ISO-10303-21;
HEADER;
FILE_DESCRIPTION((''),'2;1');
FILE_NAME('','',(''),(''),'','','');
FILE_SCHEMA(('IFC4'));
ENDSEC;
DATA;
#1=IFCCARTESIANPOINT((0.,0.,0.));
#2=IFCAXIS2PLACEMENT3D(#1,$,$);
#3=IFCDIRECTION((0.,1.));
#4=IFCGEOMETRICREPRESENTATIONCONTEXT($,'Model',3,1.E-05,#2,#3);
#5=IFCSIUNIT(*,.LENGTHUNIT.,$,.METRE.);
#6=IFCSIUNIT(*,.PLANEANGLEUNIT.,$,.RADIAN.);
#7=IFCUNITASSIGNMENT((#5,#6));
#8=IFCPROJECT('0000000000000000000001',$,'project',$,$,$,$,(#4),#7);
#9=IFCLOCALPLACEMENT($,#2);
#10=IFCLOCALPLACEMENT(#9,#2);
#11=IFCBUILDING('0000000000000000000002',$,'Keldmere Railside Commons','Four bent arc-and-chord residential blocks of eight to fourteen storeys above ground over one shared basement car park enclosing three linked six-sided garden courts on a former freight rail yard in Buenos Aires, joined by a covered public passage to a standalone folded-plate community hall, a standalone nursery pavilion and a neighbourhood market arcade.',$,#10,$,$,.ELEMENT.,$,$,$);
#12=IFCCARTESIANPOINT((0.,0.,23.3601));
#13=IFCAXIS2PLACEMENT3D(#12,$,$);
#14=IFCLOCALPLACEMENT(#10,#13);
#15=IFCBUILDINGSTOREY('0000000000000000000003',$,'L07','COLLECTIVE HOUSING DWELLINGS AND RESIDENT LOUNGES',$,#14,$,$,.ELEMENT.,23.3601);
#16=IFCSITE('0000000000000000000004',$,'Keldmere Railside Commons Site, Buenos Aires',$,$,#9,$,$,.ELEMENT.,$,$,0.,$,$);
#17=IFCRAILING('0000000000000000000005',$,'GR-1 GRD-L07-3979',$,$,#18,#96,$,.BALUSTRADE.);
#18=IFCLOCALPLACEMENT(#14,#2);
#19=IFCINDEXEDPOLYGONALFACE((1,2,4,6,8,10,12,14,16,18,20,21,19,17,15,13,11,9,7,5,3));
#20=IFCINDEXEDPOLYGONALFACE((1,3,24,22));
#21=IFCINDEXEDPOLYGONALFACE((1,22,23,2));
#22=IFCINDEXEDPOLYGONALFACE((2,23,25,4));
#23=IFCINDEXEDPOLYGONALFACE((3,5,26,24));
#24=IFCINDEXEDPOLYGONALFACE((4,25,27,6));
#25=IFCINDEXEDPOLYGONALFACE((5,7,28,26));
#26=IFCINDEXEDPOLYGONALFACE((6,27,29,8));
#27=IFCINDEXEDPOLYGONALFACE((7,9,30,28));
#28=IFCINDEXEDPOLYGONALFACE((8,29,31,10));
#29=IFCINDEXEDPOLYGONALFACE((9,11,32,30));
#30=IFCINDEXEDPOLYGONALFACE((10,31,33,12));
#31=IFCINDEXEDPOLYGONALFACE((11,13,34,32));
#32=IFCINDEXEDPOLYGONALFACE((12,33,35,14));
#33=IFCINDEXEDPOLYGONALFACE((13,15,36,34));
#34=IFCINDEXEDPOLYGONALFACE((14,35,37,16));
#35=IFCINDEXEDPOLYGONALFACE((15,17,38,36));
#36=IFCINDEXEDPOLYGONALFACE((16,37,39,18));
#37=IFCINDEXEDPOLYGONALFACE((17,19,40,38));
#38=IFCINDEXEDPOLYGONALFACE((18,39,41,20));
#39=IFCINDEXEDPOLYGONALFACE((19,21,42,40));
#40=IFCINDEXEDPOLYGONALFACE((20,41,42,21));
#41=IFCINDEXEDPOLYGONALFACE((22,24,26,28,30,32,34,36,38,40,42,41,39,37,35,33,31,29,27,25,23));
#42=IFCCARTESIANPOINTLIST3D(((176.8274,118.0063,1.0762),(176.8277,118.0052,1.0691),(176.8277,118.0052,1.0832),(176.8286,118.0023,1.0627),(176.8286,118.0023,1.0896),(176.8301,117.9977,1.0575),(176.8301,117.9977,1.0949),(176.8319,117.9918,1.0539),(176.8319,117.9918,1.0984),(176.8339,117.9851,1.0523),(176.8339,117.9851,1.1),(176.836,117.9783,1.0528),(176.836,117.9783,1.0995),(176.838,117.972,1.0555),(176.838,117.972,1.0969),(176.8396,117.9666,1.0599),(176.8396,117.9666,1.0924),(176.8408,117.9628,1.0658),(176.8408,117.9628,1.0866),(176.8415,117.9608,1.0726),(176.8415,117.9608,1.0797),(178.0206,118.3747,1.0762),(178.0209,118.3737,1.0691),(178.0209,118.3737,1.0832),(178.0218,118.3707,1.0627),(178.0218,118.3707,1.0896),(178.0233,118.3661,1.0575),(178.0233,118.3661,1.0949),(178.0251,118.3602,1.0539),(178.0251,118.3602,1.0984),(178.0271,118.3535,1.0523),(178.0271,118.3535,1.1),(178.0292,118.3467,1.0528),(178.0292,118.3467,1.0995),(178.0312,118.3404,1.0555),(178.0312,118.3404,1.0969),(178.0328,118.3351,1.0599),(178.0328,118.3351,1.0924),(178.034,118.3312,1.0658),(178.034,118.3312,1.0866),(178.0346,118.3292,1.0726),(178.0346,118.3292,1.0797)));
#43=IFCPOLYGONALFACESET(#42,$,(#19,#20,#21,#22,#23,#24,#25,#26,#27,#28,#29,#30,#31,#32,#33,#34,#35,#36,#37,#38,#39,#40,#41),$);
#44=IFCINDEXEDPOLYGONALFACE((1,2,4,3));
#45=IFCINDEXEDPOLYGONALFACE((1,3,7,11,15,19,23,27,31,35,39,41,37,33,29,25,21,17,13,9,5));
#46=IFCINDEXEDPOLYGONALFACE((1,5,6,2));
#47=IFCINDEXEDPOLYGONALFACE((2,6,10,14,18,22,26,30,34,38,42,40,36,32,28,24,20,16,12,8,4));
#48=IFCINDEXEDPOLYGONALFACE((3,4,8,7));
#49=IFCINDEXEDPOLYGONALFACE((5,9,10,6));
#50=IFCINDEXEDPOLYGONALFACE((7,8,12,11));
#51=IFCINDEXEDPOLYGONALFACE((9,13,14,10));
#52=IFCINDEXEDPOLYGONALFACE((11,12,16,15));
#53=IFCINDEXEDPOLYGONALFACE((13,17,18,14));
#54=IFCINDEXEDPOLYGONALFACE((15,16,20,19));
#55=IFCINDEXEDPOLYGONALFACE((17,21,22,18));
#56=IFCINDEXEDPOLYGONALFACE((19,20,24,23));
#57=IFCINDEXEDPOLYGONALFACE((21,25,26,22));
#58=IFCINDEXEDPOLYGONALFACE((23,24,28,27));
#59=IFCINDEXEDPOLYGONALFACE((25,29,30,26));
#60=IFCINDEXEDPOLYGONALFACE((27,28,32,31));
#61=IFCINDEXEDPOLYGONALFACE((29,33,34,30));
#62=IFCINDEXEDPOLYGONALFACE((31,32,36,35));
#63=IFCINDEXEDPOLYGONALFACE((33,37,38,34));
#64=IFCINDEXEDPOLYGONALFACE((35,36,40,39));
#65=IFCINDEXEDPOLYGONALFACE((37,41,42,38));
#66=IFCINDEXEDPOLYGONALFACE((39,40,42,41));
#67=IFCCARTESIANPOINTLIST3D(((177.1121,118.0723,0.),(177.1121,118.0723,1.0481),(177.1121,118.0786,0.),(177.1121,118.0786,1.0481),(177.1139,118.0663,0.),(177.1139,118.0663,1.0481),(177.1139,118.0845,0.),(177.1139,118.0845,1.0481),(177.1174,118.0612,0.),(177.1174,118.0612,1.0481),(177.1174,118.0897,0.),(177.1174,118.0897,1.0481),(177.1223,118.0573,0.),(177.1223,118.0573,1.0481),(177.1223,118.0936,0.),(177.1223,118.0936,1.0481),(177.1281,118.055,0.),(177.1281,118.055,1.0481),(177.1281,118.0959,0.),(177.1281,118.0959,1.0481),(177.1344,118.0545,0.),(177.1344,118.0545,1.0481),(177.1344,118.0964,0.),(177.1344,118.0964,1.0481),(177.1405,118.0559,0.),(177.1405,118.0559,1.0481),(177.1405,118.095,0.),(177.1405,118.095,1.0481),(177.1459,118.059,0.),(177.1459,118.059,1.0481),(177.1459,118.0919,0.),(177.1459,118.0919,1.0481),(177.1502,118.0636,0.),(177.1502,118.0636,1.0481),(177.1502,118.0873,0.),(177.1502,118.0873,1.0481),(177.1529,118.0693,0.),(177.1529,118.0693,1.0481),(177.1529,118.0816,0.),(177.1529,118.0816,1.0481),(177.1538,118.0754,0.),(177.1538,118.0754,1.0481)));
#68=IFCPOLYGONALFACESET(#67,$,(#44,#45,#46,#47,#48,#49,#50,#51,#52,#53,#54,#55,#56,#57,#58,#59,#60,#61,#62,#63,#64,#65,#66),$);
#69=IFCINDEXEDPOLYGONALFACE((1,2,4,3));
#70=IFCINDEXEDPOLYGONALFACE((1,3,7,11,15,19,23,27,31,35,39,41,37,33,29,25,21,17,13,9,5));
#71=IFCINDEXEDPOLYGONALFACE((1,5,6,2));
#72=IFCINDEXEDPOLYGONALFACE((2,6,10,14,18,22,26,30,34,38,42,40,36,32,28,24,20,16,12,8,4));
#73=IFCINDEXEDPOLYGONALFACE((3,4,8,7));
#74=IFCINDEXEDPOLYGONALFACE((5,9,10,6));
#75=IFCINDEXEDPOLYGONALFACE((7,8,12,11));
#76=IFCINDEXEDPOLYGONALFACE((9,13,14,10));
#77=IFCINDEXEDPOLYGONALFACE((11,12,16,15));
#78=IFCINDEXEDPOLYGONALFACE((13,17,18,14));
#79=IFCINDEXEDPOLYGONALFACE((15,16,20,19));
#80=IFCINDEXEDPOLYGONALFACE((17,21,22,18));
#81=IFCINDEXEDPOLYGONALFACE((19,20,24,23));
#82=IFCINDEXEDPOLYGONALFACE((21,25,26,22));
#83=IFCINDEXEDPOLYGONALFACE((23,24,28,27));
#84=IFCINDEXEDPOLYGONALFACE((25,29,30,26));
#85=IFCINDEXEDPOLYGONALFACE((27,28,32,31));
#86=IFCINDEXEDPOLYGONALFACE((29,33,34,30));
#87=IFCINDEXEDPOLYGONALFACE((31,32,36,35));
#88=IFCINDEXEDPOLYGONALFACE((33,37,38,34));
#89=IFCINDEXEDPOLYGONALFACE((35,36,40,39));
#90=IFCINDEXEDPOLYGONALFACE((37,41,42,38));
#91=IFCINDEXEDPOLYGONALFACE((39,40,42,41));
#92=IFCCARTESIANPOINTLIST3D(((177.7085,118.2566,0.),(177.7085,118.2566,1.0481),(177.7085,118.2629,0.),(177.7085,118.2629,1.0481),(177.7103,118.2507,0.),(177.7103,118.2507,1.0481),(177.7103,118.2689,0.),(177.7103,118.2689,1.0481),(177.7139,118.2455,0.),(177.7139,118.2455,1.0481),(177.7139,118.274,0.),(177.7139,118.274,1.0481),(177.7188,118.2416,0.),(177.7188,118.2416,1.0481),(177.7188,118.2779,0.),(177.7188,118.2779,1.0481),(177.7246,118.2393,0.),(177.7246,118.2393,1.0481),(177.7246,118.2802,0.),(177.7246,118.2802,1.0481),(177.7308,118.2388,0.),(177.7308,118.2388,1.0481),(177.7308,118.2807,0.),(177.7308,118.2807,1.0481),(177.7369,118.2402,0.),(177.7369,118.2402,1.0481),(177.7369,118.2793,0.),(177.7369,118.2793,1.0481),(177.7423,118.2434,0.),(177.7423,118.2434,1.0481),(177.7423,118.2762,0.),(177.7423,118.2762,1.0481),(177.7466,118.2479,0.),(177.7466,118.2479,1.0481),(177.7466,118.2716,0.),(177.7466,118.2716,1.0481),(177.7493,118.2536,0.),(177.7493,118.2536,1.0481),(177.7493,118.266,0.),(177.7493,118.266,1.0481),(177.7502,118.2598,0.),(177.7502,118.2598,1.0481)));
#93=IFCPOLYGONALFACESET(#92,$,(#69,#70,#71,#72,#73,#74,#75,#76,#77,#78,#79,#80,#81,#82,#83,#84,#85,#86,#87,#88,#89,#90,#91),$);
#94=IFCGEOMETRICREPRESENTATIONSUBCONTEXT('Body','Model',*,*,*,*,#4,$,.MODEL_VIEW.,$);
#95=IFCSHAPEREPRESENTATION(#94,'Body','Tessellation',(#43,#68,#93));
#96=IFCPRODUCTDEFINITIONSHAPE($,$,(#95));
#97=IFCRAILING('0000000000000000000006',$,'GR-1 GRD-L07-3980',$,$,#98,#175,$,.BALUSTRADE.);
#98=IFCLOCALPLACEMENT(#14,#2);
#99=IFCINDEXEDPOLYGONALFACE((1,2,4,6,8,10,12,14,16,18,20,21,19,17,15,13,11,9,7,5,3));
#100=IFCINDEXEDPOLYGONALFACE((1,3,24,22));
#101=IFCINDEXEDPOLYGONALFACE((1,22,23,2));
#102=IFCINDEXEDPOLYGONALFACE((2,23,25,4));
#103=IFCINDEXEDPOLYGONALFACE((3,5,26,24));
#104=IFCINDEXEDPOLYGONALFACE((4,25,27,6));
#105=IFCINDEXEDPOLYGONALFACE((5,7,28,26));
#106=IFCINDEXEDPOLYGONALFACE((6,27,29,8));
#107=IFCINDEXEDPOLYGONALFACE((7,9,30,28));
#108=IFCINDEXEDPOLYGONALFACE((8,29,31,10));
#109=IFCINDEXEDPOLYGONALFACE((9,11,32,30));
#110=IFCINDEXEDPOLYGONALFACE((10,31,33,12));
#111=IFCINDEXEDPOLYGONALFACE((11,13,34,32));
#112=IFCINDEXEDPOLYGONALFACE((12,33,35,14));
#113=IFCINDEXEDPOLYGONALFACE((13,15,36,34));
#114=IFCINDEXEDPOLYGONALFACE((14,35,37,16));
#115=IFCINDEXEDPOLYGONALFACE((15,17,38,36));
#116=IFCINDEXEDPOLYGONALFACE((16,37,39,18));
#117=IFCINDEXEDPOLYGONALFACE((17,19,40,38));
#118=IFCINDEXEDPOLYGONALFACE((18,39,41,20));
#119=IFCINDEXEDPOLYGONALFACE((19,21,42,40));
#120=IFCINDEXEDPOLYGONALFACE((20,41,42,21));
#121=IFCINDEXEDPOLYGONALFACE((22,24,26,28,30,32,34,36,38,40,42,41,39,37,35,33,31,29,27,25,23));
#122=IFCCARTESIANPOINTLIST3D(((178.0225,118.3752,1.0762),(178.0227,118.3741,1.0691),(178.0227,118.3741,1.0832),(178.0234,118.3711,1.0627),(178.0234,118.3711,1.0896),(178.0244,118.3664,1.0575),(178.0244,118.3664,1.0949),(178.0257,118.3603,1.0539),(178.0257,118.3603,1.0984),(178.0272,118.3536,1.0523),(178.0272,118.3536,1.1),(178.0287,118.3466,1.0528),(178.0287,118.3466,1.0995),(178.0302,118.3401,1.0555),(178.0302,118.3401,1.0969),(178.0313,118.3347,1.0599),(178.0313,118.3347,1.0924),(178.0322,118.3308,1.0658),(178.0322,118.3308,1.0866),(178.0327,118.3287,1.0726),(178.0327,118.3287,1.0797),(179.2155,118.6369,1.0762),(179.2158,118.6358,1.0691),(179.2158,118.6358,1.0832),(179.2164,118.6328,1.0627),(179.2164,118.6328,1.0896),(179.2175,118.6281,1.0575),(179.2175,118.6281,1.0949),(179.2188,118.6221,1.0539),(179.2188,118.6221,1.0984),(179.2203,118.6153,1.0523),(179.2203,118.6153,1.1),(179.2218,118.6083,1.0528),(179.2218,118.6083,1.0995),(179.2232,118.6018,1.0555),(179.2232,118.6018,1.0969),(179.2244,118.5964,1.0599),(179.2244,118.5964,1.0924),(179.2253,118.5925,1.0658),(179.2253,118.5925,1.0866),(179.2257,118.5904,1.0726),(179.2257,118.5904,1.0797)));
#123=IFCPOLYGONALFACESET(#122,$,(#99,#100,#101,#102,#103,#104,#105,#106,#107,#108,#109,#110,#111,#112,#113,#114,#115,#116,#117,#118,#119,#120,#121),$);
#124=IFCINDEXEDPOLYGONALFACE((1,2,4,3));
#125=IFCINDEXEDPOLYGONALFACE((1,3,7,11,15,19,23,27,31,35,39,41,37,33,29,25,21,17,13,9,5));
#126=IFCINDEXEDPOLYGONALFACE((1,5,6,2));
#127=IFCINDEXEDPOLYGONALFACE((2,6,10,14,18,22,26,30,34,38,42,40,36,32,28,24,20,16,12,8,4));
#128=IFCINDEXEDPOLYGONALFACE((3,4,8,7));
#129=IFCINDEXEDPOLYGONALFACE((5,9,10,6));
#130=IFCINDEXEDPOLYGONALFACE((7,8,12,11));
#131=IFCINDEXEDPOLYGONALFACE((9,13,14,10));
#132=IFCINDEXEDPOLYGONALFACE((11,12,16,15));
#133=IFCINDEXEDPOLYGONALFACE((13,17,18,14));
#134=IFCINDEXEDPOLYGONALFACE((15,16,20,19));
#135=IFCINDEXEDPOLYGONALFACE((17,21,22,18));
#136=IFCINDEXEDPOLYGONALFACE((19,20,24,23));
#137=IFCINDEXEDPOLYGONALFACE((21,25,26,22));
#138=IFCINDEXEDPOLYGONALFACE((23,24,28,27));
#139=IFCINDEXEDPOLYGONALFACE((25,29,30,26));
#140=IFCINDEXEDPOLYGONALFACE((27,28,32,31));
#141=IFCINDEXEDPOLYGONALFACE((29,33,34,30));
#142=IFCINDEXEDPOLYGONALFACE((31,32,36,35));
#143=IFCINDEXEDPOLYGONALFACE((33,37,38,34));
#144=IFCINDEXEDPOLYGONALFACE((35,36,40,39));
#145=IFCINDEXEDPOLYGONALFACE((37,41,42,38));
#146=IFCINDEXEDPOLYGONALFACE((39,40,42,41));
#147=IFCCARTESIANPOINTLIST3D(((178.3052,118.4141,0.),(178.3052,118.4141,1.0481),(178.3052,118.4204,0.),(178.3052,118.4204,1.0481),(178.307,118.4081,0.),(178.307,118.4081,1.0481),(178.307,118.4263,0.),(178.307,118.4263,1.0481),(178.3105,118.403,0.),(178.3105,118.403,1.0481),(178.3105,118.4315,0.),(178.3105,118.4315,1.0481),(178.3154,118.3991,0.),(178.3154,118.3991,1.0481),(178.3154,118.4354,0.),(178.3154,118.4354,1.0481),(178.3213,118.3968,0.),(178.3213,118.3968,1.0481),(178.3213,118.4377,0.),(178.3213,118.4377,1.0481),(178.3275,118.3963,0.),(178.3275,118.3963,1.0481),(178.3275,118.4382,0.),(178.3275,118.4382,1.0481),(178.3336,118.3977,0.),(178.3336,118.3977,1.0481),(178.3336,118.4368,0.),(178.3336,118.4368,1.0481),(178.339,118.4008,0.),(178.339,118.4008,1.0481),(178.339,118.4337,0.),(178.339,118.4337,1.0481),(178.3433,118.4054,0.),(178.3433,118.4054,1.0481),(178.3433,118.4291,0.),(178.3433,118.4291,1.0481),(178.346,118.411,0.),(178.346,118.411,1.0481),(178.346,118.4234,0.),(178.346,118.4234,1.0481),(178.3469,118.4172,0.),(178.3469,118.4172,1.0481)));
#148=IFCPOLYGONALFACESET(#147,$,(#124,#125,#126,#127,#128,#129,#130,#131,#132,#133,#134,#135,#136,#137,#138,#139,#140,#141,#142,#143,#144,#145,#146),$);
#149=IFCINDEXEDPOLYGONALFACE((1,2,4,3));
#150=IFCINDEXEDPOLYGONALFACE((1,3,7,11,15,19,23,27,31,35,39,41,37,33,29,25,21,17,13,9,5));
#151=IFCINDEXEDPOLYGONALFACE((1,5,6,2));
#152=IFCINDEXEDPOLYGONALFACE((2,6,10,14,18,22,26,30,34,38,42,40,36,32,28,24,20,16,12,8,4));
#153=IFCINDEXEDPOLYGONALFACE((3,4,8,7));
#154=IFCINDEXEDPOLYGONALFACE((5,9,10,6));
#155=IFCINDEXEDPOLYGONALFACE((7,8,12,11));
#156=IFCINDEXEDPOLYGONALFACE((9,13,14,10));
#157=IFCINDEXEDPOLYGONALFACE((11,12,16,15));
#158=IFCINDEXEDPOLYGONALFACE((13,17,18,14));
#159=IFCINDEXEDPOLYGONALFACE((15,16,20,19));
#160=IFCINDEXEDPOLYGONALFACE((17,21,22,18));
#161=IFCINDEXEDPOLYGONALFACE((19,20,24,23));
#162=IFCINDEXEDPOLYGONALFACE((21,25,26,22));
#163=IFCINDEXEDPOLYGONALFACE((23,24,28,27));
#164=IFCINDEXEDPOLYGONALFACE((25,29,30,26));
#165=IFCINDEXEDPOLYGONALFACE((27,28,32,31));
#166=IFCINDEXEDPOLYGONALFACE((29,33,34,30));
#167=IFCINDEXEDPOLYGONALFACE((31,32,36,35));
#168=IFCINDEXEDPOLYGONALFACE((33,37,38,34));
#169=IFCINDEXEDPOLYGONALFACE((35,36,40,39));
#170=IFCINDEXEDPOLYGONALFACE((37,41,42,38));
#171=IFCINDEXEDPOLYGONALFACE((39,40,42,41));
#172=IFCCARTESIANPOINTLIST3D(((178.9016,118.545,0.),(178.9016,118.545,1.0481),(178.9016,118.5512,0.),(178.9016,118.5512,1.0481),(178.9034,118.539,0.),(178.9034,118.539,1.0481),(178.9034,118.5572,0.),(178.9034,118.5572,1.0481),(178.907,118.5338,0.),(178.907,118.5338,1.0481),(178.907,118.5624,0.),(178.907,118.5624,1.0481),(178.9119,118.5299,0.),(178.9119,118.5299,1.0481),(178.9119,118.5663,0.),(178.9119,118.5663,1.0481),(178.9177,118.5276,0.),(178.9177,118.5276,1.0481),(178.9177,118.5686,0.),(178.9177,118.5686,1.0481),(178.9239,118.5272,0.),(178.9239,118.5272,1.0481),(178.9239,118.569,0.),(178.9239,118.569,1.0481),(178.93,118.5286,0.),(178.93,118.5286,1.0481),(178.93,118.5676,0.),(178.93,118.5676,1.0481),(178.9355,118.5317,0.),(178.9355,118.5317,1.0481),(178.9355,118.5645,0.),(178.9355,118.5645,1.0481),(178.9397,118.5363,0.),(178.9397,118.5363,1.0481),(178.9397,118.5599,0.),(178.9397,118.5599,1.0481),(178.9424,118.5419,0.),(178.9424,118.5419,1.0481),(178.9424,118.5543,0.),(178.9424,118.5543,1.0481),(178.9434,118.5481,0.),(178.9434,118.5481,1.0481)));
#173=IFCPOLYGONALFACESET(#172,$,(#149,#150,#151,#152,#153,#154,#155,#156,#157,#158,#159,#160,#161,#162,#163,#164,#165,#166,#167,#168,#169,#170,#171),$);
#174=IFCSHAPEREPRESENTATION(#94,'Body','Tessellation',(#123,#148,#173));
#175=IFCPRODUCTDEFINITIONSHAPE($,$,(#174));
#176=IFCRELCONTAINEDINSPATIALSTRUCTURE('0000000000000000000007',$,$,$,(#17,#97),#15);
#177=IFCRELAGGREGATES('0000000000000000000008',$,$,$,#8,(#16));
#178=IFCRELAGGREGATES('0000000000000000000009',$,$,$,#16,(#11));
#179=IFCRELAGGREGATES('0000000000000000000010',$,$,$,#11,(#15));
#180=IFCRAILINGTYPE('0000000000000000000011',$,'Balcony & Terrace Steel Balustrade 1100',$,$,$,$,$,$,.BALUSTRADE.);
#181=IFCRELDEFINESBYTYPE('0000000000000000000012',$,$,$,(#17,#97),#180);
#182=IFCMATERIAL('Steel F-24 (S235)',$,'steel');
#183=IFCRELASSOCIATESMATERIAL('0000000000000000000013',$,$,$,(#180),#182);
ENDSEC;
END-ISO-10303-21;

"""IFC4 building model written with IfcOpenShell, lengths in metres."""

from ifc_helpers import new_model, si_unit, direction, frame, origin, origin_2d, place, context, subcontext, project, spatial, circle, extrude, material, type_object, element, save


model = new_model("IFC4")

# Units and contexts
model_context = context("Model", 3, precision=1e-05, world=origin(), true_north=direction((0.0, 1.0)))
body_context = subcontext(model_context, "Body", "Model", "MODEL_VIEW")
ifc_project = project(units=[si_unit("LENGTHUNIT", "METRE"), si_unit("PLANEANGLEUNIT", "RADIAN")], contexts=[model_context])

# Site, building, storey
site_placement = place(None, origin())
site = spatial("IfcSite", under=ifc_project, at=site_placement, Name="Keldmere Railside Commons Site, Buenos Aires", CompositionType="ELEMENT", RefElevation=0.0)
building_placement = place(site_placement, origin())
building = spatial("IfcBuilding", under=site, at=building_placement, Name="Keldmere Railside Commons", Description="Four bent arc-and-chord residential blocks of eight to fourteen storeys above ground over one shared basement car park enclosing three linked six-sided garden courts on a former freight rail yard in Buenos Aires, joined by a covered public passage to a standalone folded-plate community hall, a standalone nursery pavilion and a neighbourhood market arcade.", CompositionType="ELEMENT")
storey_placement = place(building_placement, frame((0.0, 0.0, 23.3601)))
storey = spatial("IfcBuildingStorey", under=building, at=storey_placement, Name="L07", Description="COLLECTIVE HOUSING DWELLINGS AND RESIDENT LOUNGES", CompositionType="ELEMENT", Elevation=23.3601)

# Railings
ifc_material_1 = material(Name="Steel F-24 (S235)", Category="steel")
railing_type = type_object("IfcRailingType", Name="Balcony & Terrace Steel Balustrade 1100", PredefinedType="BALUSTRADE", material=ifc_material_1)
railing_1_placement = place(storey_placement, frame((176.8345, 117.9834, 0.0)))
element("IfcRailing", 1, at=railing_1_placement, inside=storey, type_object=railing_type, Name="GR-1 GRD-L07-3979", PredefinedType="BALUSTRADE", context=body_context, shape_type="SweptSolid", body=[
    extrude(circle(Radius=0.0239, at=origin_2d()), frame((0.0, 0.0, 1.0762), z_axis=(0.955487, 0.295034, 0.0), x_axis=(-0.295034, 0.955487, 0.0)), (0.0, 0.0, 1.0), 1.2488),
    extrude(circle(Radius=0.021, at=origin_2d()), frame((0.2983, 0.092, 0.0)), (0.0, 0.0, 1.0), 1.0481),
    extrude(circle(Radius=0.021, at=origin_2d()), frame((0.8948, 0.2764, 0.0)), (0.0, 0.0, 1.0), 1.0481),
])
railing_2_placement = place(storey_placement, frame((178.0276, 118.3518, 0.0)))
element("IfcRailing", 2, at=railing_2_placement, inside=storey, type_object=railing_type, Name="GR-1 GRD-L07-3980", PredefinedType="BALUSTRADE", context=body_context, shape_type="SweptSolid", body=[
    extrude(circle(Radius=0.0239, at=origin_2d()), frame((0.0, 0.0, 1.0762), z_axis=(0.976776, 0.214263, 0.0), x_axis=(-0.214263, 0.976776, 0.0)), (0.0, 0.0, 1.0), 1.2214),
    extrude(circle(Radius=0.021, at=origin_2d()), frame((0.2983, 0.0654, 0.0)), (0.0, 0.0, 1.0), 1.0481),
    extrude(circle(Radius=0.021, at=origin_2d()), frame((0.8948, 0.1963, 0.0)), (0.0, 0.0, 1.0), 1.0481),
])

save(model, "model.ifc")
